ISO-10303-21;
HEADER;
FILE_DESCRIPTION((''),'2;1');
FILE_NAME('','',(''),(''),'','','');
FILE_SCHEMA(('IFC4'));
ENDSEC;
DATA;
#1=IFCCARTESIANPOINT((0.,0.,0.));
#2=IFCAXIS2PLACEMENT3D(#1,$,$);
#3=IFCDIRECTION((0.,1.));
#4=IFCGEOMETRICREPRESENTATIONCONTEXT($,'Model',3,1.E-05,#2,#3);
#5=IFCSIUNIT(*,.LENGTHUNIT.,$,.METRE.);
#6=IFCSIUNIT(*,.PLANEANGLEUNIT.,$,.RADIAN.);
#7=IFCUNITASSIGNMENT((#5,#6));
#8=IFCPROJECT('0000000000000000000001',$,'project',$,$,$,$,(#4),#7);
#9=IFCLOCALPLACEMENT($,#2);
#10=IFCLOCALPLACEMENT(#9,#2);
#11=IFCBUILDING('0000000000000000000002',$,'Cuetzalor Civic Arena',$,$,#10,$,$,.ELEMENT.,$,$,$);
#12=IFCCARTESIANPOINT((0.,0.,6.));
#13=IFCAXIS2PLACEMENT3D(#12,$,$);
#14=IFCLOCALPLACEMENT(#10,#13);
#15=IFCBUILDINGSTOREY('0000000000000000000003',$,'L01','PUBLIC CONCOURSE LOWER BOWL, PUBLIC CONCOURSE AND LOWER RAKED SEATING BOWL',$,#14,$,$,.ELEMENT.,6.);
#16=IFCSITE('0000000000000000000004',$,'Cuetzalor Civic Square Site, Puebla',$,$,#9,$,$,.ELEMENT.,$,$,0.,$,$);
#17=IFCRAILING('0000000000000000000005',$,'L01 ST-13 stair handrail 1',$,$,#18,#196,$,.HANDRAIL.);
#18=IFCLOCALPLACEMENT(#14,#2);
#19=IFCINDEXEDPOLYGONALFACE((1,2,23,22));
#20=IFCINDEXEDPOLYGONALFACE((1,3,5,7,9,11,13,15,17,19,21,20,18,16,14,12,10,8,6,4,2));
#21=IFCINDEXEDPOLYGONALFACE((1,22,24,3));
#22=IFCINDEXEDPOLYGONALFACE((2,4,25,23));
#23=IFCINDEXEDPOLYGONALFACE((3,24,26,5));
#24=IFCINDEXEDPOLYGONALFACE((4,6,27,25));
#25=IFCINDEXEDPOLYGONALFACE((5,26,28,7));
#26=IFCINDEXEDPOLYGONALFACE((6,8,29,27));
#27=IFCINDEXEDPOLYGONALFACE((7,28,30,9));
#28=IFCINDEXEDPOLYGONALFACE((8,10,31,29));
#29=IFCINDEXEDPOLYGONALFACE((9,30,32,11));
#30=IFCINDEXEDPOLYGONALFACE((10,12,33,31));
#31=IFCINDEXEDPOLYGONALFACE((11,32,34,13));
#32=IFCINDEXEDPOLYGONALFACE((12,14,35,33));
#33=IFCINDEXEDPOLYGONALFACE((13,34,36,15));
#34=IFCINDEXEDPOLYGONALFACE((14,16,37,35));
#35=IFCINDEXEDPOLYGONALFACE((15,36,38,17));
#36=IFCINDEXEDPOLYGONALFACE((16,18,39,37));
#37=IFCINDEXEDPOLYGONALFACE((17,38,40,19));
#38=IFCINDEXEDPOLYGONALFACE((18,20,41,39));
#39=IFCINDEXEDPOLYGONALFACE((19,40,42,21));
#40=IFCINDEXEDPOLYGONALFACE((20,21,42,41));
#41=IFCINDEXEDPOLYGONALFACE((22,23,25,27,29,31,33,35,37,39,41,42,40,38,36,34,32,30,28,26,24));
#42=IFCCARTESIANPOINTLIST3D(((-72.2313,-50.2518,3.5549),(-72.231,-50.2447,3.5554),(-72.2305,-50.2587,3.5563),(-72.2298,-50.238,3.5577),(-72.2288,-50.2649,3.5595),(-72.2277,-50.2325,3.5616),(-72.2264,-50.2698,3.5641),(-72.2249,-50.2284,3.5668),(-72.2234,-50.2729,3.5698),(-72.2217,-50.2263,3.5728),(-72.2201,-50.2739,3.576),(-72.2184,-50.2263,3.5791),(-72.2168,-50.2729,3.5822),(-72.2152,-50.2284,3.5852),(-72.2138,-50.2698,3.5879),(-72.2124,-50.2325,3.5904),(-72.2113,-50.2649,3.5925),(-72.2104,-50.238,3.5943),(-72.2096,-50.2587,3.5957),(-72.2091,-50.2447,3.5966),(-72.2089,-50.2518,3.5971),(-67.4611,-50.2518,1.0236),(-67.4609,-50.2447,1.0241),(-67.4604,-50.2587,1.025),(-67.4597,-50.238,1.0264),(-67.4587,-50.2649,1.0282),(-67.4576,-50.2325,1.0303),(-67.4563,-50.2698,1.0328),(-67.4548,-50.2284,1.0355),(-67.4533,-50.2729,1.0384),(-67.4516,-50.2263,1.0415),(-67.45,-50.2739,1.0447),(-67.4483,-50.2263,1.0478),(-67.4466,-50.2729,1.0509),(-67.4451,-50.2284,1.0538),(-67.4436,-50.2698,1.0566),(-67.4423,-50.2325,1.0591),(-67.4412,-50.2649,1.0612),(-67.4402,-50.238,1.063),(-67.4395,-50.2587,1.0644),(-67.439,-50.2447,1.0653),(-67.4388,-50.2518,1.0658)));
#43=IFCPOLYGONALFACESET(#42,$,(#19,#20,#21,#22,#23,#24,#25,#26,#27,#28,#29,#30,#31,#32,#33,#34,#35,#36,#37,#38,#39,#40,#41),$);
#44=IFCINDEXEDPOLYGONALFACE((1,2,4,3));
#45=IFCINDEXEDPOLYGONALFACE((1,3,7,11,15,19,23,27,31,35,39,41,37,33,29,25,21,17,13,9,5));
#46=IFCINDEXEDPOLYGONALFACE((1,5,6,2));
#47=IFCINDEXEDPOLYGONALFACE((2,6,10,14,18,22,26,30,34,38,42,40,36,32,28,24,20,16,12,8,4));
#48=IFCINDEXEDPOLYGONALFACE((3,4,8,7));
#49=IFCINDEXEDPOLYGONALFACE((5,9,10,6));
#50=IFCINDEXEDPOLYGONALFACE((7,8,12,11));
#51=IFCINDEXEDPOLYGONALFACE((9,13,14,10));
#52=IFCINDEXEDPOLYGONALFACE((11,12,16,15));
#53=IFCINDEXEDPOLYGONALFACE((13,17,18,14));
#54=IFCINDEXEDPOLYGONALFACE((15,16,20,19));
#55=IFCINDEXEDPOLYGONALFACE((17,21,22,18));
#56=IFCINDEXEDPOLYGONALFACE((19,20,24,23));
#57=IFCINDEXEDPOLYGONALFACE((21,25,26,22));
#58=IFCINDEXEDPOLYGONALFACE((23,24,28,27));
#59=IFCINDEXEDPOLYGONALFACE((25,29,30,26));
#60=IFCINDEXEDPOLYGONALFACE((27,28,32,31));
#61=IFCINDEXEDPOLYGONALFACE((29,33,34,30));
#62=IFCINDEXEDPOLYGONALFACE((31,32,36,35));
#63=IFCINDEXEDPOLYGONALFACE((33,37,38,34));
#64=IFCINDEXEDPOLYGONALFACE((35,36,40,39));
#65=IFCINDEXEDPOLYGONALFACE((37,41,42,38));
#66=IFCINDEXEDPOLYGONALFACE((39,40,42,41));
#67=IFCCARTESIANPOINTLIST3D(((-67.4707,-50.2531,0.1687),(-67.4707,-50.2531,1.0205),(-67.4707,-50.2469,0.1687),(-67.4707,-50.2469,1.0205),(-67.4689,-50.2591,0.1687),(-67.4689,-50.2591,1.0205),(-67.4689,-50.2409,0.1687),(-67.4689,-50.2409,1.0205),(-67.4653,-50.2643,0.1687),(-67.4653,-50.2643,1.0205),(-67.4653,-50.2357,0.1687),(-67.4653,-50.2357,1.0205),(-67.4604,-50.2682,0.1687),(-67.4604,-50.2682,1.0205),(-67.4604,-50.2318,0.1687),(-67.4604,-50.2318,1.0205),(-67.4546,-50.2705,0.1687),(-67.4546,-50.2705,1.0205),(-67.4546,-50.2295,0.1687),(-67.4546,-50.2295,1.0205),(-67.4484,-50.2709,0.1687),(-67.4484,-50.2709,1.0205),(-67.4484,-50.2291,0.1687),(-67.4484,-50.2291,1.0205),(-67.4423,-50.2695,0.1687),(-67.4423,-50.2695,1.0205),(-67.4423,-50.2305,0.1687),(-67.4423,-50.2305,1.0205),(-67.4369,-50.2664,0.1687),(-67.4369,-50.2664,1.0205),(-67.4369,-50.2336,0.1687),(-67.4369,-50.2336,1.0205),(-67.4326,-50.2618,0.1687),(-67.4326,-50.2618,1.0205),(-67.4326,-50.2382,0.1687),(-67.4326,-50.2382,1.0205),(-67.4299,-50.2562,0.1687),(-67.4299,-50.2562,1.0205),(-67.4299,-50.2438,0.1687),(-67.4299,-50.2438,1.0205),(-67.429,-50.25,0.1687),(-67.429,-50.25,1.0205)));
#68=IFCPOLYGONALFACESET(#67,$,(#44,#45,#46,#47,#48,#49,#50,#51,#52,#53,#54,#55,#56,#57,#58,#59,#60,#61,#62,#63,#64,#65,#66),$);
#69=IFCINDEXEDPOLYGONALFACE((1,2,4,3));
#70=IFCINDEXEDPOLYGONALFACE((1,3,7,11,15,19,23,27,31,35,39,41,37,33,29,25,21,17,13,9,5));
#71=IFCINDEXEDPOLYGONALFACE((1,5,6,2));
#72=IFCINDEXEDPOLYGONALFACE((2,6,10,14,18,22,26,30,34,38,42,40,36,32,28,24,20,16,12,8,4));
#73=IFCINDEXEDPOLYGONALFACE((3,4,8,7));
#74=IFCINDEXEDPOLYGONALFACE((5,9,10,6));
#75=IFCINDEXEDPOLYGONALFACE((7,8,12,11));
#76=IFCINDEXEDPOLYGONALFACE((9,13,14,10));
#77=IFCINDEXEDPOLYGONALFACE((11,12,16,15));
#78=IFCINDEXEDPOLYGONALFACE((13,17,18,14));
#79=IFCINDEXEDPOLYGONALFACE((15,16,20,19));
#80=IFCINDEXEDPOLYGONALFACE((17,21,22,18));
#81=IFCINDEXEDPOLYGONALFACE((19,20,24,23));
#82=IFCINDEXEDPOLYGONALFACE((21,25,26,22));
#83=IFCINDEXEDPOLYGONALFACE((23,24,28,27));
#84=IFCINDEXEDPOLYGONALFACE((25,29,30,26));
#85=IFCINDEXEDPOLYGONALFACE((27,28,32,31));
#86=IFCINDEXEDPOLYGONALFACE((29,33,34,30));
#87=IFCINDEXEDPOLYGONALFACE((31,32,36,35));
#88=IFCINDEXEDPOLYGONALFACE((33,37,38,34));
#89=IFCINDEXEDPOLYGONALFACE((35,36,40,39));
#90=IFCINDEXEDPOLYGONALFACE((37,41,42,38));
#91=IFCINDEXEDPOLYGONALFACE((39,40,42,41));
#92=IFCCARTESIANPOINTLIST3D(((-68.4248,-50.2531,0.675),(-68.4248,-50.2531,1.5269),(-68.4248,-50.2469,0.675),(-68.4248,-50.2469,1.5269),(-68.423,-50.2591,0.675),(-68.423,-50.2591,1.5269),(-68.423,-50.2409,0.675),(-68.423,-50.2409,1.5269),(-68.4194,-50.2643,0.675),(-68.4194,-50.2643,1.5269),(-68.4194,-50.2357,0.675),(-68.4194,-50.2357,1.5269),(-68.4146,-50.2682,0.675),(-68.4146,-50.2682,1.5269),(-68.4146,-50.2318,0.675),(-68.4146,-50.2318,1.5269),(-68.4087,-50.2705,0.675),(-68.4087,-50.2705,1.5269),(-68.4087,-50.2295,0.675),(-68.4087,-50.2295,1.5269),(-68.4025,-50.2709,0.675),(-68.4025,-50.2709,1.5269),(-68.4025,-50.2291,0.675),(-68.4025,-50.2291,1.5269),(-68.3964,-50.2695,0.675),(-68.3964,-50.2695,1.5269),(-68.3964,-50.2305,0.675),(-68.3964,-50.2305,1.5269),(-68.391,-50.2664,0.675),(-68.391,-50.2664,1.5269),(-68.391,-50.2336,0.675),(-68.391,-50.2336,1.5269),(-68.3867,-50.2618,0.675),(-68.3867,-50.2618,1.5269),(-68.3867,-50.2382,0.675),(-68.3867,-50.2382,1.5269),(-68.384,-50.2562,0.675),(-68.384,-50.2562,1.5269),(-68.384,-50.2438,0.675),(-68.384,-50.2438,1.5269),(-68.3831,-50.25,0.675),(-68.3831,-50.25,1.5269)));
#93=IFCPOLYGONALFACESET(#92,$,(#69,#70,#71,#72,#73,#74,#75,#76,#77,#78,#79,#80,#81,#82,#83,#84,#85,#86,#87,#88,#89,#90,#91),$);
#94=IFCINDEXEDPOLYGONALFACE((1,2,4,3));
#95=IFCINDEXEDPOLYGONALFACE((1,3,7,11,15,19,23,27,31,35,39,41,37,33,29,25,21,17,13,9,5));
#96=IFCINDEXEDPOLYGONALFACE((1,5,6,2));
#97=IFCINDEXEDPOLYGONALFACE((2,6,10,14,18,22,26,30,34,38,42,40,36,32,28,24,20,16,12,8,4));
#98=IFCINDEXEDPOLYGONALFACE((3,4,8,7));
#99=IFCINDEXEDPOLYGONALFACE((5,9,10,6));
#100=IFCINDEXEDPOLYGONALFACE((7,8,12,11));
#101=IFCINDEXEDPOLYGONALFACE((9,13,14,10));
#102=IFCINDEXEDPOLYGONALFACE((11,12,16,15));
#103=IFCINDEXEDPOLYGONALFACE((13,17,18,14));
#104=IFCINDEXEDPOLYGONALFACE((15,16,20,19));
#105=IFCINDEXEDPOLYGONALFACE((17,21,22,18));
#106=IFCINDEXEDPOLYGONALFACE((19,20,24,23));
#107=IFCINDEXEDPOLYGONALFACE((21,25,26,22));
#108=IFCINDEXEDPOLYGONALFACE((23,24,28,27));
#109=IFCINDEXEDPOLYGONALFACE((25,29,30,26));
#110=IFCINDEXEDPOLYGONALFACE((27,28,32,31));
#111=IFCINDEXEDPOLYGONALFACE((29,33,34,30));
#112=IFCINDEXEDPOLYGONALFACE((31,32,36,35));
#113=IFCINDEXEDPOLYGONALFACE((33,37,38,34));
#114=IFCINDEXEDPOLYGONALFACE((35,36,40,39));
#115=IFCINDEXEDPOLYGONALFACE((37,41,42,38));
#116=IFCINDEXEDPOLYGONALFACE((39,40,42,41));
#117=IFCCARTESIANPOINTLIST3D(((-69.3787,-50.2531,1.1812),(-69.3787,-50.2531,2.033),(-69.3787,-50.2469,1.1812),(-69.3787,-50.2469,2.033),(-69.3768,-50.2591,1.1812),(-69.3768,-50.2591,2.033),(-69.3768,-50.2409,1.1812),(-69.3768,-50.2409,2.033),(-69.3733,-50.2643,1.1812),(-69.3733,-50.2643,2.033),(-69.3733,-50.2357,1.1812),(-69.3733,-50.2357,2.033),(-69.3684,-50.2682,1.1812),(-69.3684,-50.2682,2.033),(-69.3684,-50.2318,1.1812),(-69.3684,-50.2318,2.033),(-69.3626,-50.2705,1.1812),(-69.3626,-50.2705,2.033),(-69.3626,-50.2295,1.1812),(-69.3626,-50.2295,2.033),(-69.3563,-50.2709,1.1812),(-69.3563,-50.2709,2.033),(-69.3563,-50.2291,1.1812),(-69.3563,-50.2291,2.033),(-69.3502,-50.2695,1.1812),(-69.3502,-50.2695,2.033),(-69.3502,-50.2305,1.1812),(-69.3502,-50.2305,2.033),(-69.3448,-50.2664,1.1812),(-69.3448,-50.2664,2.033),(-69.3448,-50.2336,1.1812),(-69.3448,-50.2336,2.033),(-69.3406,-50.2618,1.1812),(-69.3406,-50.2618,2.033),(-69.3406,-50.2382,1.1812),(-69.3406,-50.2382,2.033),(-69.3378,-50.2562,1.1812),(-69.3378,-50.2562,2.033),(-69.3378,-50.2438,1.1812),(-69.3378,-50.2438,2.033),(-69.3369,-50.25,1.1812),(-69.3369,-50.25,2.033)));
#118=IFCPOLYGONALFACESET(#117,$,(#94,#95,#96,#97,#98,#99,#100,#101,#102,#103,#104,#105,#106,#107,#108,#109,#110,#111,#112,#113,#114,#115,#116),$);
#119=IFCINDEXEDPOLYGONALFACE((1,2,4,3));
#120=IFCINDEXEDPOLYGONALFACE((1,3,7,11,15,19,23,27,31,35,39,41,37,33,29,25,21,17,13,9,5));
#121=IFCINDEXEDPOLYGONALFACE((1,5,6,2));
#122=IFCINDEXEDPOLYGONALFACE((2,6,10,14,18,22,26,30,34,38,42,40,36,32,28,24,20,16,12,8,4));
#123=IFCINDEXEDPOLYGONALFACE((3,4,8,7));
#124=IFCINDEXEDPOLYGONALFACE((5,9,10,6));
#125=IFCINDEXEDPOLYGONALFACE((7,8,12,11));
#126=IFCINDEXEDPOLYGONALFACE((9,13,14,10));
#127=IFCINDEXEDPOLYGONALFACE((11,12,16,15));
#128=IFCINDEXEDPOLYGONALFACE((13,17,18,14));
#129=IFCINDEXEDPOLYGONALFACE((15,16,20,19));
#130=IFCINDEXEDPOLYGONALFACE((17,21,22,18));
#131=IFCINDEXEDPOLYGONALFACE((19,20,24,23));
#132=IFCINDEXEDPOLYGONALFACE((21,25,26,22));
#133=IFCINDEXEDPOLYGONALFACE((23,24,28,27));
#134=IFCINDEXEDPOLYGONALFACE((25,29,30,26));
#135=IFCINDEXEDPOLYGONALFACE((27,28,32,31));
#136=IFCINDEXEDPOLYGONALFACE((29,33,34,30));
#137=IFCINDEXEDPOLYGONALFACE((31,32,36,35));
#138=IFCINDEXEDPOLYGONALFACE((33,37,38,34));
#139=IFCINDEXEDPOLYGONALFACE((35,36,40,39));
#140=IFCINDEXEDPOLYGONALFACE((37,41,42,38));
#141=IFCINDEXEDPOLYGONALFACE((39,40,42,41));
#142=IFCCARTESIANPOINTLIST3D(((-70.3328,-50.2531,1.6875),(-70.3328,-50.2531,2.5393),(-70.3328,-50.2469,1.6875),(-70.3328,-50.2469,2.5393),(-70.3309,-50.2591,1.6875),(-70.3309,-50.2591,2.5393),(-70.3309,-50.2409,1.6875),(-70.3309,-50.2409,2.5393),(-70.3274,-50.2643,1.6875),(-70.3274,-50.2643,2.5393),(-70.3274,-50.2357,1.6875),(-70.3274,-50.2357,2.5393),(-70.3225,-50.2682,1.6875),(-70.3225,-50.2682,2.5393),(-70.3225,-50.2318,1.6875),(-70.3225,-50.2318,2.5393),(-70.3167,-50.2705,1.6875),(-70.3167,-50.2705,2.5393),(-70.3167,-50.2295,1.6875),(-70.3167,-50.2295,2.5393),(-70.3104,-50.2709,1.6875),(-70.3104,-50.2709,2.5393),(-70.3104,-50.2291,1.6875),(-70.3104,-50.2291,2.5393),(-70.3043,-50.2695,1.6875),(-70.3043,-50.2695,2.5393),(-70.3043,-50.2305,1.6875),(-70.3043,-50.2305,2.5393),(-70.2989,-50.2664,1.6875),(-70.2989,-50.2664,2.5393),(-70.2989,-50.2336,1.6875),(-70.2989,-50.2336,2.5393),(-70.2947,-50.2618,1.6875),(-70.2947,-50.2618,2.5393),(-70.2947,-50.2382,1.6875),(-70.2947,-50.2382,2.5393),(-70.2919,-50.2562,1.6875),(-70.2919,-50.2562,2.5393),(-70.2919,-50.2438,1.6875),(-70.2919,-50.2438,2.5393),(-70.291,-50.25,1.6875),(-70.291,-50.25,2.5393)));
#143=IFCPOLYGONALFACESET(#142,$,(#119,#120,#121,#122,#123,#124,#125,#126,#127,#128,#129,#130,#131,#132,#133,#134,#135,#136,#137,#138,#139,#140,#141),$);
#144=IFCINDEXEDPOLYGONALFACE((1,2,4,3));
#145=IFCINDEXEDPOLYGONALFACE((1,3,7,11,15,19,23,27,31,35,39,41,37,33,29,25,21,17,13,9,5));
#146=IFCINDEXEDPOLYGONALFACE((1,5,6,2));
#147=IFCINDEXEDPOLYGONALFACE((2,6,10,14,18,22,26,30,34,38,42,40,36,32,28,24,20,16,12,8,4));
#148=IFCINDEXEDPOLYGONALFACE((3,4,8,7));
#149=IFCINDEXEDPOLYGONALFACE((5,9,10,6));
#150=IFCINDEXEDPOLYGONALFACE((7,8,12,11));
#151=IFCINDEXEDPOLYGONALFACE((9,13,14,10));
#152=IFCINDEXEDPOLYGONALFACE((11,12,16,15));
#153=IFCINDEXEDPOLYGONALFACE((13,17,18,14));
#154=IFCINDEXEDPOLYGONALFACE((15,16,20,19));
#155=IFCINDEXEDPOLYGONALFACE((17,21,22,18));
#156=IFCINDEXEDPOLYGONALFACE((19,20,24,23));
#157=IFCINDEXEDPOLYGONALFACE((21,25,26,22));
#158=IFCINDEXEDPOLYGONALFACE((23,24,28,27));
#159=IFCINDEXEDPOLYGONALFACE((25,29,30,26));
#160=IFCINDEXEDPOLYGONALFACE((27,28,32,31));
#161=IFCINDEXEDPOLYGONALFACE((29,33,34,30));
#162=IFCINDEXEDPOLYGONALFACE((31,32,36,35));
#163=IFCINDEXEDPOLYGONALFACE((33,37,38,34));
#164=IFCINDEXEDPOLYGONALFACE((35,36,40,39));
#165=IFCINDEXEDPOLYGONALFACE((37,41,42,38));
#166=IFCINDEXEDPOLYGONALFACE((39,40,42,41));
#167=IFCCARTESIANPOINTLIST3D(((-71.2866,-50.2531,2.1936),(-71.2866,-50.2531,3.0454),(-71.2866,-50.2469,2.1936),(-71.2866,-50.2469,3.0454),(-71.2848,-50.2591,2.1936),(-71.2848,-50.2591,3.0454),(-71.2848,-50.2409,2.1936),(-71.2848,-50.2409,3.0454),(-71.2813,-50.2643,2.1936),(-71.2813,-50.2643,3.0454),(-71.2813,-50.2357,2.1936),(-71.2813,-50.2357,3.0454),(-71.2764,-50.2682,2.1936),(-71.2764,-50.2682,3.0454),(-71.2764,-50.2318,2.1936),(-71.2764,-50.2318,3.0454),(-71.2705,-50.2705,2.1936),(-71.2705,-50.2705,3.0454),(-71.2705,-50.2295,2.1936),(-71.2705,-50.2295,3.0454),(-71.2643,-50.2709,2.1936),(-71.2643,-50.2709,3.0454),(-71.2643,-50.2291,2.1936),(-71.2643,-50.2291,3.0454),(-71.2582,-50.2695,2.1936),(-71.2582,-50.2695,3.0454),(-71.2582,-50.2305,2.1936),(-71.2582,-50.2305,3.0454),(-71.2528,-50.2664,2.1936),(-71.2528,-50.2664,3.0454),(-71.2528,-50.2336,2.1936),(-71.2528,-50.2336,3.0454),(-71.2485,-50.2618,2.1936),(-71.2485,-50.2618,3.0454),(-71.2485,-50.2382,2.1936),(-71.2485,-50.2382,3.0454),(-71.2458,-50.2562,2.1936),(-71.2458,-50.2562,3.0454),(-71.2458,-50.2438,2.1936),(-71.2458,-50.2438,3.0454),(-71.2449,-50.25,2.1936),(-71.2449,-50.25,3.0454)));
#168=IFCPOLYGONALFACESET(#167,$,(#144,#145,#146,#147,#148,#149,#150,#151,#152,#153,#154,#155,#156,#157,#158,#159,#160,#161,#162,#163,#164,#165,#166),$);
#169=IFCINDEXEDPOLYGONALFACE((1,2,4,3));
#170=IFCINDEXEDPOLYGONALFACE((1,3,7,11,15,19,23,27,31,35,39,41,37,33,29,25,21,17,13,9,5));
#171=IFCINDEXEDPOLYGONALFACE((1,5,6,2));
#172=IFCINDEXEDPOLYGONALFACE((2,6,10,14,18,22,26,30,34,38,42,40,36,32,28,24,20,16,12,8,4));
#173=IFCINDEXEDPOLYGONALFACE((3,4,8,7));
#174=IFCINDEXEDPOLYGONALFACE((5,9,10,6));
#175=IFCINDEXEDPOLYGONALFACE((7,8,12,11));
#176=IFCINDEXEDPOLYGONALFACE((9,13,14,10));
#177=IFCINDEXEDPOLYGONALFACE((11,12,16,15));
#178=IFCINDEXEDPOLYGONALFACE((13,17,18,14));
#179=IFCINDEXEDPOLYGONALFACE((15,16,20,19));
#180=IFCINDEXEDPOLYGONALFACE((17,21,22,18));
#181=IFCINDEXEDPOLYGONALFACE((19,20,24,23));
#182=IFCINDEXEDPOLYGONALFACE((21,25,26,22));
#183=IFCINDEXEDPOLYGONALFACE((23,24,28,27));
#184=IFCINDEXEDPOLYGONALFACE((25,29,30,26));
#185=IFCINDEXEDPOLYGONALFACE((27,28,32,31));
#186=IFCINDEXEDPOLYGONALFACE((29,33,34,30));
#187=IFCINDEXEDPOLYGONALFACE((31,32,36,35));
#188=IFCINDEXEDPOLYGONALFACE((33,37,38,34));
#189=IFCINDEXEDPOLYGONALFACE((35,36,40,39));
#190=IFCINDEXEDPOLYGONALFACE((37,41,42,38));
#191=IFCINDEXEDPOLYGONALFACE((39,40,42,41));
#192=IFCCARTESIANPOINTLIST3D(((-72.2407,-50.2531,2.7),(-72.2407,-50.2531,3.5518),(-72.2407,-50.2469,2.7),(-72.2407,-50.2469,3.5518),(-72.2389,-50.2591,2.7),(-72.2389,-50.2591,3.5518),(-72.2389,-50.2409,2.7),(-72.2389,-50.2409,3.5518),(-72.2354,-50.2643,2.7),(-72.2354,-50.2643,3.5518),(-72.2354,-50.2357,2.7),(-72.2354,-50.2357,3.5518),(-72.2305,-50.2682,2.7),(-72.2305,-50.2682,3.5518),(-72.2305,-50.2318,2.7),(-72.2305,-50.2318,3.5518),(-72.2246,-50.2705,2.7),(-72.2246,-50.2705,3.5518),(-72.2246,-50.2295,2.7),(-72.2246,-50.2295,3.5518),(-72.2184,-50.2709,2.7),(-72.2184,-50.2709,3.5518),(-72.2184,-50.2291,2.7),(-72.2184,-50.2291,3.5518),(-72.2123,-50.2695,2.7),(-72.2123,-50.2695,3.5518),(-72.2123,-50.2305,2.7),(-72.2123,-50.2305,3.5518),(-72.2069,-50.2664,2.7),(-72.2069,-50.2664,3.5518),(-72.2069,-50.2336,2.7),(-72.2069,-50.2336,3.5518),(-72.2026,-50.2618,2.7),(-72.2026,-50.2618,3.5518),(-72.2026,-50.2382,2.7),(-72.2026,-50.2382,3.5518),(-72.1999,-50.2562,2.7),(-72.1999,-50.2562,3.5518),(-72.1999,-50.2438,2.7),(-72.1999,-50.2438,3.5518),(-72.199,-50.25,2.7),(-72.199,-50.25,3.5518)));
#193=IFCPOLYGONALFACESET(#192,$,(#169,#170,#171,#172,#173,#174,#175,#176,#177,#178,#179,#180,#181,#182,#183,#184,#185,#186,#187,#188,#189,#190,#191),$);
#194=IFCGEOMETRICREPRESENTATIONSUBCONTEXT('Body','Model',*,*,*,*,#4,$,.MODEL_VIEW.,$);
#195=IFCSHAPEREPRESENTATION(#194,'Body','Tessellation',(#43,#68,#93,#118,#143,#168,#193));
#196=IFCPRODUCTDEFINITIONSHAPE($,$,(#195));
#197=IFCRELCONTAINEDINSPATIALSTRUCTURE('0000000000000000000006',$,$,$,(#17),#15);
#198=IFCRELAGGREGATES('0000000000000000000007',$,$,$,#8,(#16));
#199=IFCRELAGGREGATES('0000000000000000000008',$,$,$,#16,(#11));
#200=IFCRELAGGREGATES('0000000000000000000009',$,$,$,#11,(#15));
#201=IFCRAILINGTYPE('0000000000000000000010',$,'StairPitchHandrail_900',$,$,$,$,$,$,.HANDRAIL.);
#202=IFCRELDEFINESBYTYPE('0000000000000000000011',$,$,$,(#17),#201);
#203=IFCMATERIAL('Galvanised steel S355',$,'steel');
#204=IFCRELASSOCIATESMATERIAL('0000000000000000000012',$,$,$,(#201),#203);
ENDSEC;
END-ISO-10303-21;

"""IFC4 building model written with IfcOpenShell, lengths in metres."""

from ifc_helpers import new_model, si_unit, direction, frame, origin, origin_2d, place, context, subcontext, project, spatial, circle, extrude, material, type_object, element, save


model = new_model("IFC4")

# Units and contexts
model_context = context("Model", 3, precision=1e-05, world=origin(), true_north=direction((0.0, 1.0)))
body_context = subcontext(model_context, "Body", "Model", "MODEL_VIEW")
ifc_project = project(units=[si_unit("LENGTHUNIT", "METRE"), si_unit("PLANEANGLEUNIT", "RADIAN")], contexts=[model_context])

# Site, building, storey
site_placement = place(None, origin())
site = spatial("IfcSite", under=ifc_project, at=site_placement, Name="Cuetzalor Civic Square Site, Puebla", CompositionType="ELEMENT", RefElevation=0.0)
building_placement = place(site_placement, origin())
building = spatial("IfcBuilding", under=site, at=building_placement, Name="Cuetzalor Civic Arena", CompositionType="ELEMENT")
storey_placement = place(building_placement, frame((0.0, 0.0, 6.0)))
storey = spatial("IfcBuildingStorey", under=building, at=storey_placement, Name="L01", Description="PUBLIC CONCOURSE LOWER BOWL, PUBLIC CONCOURSE AND LOWER RAKED SEATING BOWL", CompositionType="ELEMENT", Elevation=6.0)

# Railing
ifc_material_1 = material(Name="Galvanised steel S355", Category="steel")
railing_type_1 = type_object("IfcRailingType", Name="StairPitchHandrail_900", PredefinedType="HANDRAIL", material=ifc_material_1)
railing_1_placement = place(storey_placement, frame((-67.45, -50.25, 0.1687)))
element("IfcRailing", 1, at=railing_1_placement, inside=storey, type_object=railing_type_1, Name="L01 ST-13 stair handrail 1", PredefinedType="HANDRAIL", context=body_context, shape_type="SweptSolid", body=[
    extrude(circle(Radius=0.0239, at=origin_2d()), frame((0.0, 0.0, 0.876), z_axis=(-0.883332, 0.0, 0.468747), x_axis=(0.0, -1.0, 0.0)), (0.0, 0.0, 1.0), 5.4001),
    extrude(circle(Radius=0.021, at=origin_2d()), origin(), (0.0, 0.0, 1.0), 0.8518),
    extrude(circle(Radius=0.021, at=origin_2d()), frame((-0.9541, 0.0, 0.5063)), (0.0, 0.0, 1.0), 0.8518),
    extrude(circle(Radius=0.021, at=origin_2d()), frame((-1.908, 0.0, 1.0125)), (0.0, 0.0, 1.0), 0.8518),
    extrude(circle(Radius=0.021, at=origin_2d()), frame((-2.8621, 0.0, 1.5188)), (0.0, 0.0, 1.0), 0.8518),
    extrude(circle(Radius=0.021, at=origin_2d()), frame((-3.8159, 0.0, 2.0249)), (0.0, 0.0, 1.0), 0.8518),
    extrude(circle(Radius=0.021, at=origin_2d()), frame((-4.77, 0.0, 2.5312)), (0.0, 0.0, 1.0), 0.8518),
])

save(model, "model.ifc")
